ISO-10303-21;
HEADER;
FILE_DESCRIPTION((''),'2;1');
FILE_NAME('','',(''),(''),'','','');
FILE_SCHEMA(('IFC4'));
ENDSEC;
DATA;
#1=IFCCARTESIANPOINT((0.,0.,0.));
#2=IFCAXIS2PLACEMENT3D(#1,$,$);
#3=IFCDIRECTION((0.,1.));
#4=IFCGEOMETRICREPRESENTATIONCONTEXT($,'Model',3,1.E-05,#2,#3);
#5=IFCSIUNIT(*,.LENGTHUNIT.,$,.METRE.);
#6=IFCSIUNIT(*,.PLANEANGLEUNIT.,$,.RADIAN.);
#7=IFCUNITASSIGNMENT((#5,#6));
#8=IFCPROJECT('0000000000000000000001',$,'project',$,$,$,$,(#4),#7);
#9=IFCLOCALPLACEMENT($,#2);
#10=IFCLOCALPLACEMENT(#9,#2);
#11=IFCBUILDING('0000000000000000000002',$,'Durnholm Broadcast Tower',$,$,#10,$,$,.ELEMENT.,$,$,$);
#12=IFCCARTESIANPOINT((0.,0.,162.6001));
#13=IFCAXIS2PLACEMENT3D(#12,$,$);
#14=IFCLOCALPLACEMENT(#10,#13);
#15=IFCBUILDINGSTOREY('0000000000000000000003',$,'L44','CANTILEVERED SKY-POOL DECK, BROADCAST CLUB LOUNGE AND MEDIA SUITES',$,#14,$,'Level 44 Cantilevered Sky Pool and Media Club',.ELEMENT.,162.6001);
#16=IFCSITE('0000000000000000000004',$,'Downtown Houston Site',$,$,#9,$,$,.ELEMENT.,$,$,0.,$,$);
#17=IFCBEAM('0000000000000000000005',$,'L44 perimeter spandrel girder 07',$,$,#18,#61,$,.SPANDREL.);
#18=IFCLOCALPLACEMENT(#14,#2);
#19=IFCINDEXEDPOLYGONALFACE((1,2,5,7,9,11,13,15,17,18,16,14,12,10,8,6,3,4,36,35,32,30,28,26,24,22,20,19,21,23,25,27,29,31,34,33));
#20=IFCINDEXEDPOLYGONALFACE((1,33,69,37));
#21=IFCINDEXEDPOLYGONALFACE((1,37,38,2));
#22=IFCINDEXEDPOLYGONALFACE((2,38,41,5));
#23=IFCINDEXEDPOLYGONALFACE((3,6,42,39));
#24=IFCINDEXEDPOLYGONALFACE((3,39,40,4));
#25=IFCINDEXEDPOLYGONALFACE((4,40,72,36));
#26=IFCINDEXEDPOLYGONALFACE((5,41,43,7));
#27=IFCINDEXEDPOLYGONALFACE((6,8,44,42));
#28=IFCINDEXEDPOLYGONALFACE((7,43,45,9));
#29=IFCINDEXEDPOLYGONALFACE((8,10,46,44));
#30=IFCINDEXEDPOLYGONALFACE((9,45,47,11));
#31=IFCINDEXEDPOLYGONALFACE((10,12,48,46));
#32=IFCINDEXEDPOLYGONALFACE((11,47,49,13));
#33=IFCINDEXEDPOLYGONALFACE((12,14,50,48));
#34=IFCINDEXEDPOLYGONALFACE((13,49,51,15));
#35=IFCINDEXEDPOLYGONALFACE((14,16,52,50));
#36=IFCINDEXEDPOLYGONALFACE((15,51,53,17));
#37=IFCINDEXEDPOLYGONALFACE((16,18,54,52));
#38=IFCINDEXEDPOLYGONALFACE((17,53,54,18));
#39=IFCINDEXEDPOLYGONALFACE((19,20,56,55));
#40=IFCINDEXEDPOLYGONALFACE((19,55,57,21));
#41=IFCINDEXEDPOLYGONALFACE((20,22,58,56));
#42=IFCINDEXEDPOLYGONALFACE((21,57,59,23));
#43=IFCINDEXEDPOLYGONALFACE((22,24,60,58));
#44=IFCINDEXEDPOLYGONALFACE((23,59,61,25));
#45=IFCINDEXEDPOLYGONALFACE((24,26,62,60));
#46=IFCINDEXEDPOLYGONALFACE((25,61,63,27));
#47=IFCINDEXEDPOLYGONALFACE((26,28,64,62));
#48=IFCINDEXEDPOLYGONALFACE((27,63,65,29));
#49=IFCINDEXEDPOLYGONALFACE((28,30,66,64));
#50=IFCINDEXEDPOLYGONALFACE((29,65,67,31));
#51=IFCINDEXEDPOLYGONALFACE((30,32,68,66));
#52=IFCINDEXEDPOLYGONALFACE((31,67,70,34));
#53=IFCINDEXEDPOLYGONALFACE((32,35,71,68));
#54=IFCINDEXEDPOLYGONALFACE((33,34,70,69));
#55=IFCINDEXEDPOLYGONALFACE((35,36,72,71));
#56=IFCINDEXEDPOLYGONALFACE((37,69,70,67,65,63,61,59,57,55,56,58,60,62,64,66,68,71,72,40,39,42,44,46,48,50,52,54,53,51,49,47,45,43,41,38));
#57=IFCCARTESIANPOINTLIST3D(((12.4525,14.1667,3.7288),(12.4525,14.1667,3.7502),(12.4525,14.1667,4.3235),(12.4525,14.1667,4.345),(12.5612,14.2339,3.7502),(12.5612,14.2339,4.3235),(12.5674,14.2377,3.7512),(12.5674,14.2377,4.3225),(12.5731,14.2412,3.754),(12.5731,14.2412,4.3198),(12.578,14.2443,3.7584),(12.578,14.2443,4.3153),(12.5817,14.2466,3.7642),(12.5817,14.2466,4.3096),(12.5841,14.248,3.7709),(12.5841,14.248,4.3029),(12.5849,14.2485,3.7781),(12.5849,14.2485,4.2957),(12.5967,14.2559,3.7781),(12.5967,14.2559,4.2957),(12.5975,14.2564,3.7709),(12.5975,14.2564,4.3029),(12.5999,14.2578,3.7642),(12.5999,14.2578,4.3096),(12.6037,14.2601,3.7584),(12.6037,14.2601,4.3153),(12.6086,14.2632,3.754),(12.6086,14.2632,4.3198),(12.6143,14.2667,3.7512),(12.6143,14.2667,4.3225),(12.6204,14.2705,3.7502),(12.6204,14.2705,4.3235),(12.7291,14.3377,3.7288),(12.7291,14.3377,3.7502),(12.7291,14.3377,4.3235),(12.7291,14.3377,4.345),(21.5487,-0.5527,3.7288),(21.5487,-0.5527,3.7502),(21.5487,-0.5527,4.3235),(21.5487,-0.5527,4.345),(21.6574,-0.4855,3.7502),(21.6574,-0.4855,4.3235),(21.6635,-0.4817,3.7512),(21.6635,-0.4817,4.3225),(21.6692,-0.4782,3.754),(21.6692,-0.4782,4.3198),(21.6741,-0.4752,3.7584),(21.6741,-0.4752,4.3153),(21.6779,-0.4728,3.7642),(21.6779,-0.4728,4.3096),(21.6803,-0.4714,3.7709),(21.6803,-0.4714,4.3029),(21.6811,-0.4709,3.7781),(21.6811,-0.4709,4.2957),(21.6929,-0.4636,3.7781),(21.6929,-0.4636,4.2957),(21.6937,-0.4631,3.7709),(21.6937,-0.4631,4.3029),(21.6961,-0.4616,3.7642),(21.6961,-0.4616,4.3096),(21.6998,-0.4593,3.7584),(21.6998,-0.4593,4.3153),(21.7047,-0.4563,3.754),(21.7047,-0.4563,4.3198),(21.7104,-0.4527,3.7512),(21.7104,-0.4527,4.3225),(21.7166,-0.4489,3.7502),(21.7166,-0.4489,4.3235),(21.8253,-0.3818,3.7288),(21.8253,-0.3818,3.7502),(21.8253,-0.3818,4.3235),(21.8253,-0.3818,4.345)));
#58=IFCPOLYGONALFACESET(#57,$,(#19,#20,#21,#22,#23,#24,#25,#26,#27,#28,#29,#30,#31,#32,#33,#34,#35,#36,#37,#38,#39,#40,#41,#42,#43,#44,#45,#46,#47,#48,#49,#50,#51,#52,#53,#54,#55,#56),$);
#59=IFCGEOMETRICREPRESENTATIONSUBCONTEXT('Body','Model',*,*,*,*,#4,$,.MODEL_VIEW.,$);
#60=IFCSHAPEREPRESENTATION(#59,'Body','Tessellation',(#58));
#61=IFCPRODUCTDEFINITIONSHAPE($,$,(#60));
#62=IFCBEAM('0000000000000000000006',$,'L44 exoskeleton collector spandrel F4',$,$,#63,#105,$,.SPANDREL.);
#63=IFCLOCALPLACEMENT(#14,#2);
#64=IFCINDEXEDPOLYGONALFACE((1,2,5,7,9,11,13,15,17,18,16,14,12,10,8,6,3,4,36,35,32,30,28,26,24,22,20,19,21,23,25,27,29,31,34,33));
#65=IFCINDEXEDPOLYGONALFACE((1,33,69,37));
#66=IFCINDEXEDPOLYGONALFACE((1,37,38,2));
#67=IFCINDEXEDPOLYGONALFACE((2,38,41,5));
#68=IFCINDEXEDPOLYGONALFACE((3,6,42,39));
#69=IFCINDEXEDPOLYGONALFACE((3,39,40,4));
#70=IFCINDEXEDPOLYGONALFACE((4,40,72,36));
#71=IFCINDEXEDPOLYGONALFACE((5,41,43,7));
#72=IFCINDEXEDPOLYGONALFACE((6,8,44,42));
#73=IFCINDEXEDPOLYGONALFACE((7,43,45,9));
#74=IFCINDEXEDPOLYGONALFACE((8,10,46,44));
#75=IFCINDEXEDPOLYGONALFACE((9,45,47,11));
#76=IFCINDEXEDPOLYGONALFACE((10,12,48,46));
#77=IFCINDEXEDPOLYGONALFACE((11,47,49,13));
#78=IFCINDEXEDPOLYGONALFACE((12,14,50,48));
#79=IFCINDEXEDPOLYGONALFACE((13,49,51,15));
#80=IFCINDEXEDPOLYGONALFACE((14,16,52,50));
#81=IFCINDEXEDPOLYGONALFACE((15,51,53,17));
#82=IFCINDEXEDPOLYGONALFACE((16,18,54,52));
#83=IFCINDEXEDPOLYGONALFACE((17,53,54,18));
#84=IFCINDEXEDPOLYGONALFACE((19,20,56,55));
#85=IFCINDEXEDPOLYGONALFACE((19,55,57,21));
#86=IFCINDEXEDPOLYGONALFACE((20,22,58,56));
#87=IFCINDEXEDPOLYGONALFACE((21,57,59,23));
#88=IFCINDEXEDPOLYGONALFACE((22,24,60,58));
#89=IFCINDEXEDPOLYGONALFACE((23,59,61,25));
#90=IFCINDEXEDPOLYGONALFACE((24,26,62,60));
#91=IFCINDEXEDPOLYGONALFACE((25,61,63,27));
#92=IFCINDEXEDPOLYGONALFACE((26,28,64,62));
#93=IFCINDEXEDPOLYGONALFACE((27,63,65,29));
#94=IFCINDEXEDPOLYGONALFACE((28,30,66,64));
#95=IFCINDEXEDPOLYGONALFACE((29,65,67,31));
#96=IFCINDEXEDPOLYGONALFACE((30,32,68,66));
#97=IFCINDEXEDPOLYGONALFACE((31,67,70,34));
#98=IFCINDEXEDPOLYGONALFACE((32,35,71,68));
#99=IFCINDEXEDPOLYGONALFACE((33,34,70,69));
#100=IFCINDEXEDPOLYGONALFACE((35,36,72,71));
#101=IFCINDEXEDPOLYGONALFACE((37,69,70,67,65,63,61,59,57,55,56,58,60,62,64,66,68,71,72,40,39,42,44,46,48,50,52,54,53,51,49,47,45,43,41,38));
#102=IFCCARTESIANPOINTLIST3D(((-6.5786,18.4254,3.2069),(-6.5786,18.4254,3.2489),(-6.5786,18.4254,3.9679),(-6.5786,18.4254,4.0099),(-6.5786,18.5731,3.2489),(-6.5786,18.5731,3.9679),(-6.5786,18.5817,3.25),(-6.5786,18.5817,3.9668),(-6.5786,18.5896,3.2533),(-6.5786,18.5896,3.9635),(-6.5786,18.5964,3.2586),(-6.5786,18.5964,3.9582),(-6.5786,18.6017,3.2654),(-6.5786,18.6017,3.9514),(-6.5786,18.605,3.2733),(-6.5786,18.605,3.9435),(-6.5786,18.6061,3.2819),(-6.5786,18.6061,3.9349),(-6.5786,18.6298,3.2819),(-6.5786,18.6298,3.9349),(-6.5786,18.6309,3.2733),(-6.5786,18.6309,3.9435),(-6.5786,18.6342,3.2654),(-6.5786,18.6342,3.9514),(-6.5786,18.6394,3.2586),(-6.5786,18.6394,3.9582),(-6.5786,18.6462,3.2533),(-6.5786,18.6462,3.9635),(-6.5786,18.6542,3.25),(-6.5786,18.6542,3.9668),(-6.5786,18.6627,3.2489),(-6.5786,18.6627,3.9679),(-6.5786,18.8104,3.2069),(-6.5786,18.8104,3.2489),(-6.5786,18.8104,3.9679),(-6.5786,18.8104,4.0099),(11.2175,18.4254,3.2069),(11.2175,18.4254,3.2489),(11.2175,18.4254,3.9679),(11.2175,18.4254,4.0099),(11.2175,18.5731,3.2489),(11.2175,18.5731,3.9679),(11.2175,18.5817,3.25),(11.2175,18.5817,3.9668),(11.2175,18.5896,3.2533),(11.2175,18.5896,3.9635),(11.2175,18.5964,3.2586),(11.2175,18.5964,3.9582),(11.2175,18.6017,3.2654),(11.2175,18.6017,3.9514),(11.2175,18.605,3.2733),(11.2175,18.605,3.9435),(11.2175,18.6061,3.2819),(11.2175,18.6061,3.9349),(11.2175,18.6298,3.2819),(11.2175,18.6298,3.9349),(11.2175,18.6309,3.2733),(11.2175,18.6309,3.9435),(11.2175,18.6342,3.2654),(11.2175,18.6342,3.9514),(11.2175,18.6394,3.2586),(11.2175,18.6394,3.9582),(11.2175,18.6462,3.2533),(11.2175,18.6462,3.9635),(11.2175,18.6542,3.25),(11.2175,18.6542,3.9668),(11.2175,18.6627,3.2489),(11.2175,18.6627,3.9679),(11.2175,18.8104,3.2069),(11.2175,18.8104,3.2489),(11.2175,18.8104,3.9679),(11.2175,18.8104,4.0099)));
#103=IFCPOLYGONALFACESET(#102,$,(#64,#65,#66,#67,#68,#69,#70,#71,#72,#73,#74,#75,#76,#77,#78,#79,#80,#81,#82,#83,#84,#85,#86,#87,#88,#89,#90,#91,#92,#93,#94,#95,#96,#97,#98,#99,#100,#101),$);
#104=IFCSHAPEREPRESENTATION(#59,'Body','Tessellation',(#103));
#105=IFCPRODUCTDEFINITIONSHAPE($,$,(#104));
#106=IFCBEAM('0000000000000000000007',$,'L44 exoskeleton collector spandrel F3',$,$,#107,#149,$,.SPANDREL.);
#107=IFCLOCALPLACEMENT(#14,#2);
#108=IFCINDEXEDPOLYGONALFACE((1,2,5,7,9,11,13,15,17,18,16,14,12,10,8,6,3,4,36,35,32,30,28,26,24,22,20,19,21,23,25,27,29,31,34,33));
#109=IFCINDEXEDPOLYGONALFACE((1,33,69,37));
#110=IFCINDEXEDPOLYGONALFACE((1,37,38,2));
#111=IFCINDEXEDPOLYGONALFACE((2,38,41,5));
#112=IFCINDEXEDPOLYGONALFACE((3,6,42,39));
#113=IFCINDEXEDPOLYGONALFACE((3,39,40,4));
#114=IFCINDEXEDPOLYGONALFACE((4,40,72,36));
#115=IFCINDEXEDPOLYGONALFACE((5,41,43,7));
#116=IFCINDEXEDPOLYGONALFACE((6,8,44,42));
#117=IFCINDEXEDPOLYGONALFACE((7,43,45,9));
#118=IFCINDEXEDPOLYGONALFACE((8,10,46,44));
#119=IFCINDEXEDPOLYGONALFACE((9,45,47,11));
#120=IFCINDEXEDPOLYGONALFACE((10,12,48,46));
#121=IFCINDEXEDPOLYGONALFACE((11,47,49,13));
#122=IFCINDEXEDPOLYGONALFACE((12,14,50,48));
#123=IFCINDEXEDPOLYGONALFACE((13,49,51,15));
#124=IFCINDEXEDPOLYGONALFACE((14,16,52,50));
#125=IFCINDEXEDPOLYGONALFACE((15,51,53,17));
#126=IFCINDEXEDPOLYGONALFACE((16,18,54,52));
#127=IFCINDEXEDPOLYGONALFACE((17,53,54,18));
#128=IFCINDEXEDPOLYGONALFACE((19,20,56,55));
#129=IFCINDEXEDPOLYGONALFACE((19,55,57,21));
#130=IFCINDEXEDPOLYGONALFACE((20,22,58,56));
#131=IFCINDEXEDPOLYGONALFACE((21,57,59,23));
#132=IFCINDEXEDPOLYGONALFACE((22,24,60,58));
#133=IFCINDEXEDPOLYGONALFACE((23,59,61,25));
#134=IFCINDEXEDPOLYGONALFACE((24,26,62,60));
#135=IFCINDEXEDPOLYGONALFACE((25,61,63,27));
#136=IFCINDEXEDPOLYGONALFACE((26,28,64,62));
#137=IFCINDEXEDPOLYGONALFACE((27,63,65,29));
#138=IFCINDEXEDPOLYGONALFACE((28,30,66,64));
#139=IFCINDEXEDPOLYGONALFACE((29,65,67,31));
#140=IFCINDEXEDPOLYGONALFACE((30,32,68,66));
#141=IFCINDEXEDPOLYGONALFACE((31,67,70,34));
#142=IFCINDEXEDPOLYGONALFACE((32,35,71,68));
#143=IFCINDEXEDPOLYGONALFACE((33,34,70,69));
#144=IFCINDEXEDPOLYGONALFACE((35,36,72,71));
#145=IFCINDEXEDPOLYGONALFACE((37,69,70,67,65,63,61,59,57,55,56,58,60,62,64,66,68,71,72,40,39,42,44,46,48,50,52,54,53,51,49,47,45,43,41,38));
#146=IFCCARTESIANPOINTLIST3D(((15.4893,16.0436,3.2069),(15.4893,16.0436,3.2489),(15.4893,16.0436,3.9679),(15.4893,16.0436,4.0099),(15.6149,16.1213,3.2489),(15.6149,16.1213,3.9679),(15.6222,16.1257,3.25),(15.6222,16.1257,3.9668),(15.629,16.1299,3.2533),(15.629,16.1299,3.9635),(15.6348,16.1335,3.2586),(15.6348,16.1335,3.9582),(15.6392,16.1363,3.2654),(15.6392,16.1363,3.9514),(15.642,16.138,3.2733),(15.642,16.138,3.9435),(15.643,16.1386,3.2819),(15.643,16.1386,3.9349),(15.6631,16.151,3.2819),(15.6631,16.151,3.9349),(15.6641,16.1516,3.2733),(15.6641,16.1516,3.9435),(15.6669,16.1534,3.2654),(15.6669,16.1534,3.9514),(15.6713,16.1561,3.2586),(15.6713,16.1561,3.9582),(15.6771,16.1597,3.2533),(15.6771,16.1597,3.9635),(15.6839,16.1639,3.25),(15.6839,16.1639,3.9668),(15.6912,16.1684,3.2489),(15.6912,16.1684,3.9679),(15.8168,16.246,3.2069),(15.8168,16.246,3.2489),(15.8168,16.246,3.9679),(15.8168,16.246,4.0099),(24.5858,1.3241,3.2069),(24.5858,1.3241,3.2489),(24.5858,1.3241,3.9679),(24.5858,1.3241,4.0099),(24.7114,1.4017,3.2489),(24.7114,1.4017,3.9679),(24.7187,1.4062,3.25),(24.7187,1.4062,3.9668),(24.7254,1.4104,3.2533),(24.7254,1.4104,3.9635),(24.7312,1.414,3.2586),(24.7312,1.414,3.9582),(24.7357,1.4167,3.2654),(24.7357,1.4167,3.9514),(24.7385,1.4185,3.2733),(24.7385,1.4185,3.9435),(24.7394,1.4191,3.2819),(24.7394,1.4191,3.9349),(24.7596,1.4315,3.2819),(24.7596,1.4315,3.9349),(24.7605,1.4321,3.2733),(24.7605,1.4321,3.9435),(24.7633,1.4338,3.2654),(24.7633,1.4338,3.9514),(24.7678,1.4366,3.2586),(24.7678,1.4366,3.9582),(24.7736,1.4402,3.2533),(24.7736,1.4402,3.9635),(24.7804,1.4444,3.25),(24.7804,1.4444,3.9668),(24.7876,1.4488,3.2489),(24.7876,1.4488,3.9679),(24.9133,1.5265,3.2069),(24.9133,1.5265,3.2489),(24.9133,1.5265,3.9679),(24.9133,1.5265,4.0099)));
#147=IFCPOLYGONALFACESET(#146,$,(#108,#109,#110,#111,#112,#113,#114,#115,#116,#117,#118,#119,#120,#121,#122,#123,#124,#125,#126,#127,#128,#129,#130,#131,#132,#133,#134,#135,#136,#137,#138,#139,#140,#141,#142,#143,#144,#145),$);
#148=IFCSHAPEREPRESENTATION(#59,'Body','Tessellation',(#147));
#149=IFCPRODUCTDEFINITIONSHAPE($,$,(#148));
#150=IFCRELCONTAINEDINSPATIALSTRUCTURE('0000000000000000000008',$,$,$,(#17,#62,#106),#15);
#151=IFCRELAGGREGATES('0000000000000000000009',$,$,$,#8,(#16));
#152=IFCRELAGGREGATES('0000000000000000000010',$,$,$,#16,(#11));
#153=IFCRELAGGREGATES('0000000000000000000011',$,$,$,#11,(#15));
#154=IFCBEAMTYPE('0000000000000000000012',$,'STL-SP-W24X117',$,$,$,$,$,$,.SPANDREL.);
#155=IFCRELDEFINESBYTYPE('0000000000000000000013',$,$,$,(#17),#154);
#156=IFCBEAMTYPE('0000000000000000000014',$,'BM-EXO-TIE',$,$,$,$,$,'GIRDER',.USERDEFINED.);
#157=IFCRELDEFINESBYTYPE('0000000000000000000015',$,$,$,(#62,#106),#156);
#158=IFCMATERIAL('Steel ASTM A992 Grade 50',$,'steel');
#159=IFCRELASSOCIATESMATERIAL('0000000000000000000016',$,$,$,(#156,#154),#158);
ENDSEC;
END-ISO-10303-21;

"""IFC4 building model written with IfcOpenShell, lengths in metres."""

from ifc_helpers import new_model, si_unit, direction, frame, origin, origin_2d, place, context, subcontext, project, spatial, i_section, extrude, source, transform, mapped, material, material_profile, profile_set, type_object, element, save


model = new_model("IFC4")

# Units and contexts
model_context = context("Model", 3, precision=1e-05, world=origin(), true_north=direction((0.0, 1.0)))
body_context = subcontext(model_context, "Body", "Model", "MODEL_VIEW")
ifc_project = project(units=[si_unit("LENGTHUNIT", "METRE"), si_unit("PLANEANGLEUNIT", "RADIAN")], contexts=[model_context])

# Site, building, storey
site_placement = place(None, origin())
site = spatial("IfcSite", under=ifc_project, at=site_placement, Name="Downtown Houston Site", CompositionType="ELEMENT", RefElevation=0.0)
building_placement = place(site_placement, origin())
building = spatial("IfcBuilding", under=site, at=building_placement, Name="Durnholm Broadcast Tower", CompositionType="ELEMENT")
storey_placement = place(building_placement, frame((0.0, 0.0, 162.6001)))
storey = spatial("IfcBuildingStorey", under=building, at=storey_placement, Name="L44", Description="CANTILEVERED SKY-POOL DECK, BROADCAST CLUB LOUNGE AND MEDIA SUITES", LongName="Level 44 Cantilevered Sky Pool and Media Club", CompositionType="ELEMENT", Elevation=162.6001)

# Beams
ifc_material_1 = material(Name="Steel ASTM A992 Grade 50", Category="steel")
ifc_material_profile_1 = material_profile(ifc_material_1, i_section(OverallWidth=0.385, OverallDepth=0.803, WebThickness=0.0237, FlangeThickness=0.042, FilletRadius=0.033, at=origin_2d()), Name="W30X261")
ifc_profile_set_1 = profile_set([ifc_material_profile_1], Name="Steel ASTM A992 Grade 50")
beam_type_1 = type_object("IfcBeamType", Name="BM-EXO-TIE", ElementType="GIRDER", PredefinedType="USERDEFINED", material=ifc_profile_set_1)
ifc_material_profile_2 = material_profile(ifc_material_1, i_section(OverallWidth=0.3252, OverallDepth=0.6162, WebThickness=0.0139, FlangeThickness=0.0215, FilletRadius=0.0278, at=origin_2d()), Name="W24X117")
ifc_profile_set_2 = profile_set([ifc_material_profile_2], Name="Steel ASTM A992 Grade 50")
beam_type_2 = type_object("IfcBeamType", Name="STL-SP-W24X117", PredefinedType="SPANDREL", material=ifc_profile_set_2)
shared_shape_1 = source(origin(), body_context, "Body", "SweptSolid", [
    extrude(i_section(OverallWidth=0.3252, OverallDepth=0.6162, WebThickness=0.0139, FlangeThickness=0.0215, FilletRadius=0.0278, at=origin_2d()), origin(), (0.0, 0.0, 1.0), 17.3032),
])
beam_1_placement = place(storey_placement, frame((12.5908, 14.2522, 4.0369), z_axis=(0.525691, -0.850675, 0.0), x_axis=(0.850675, 0.525691, 0.0)))
element("IfcBeam", 1, at=beam_1_placement, inside=storey, type_object=beam_type_2, Name="L44 perimeter spandrel girder 07", PredefinedType="SPANDREL", context=body_context, shape_type="MappedRepresentation", body=[
    mapped(shared_shape_1, transform((0.0, 0.0, 0.0), x_axis=(1.0, 0.0, 0.0), y_axis=(0.0, 1.0, 0.0), z_axis=(0.0, 0.0, 1.0), scale=1.0)),
])
shared_shape_2 = source(origin(), body_context, "Body", "SweptSolid", [
    extrude(i_section(OverallWidth=0.385, OverallDepth=0.803, WebThickness=0.0237, FlangeThickness=0.042, FilletRadius=0.033, at=origin_2d()), origin(), (0.0, 0.0, 1.0), 17.7961),
])
beam_2_placement = place(storey_placement, frame((11.2175, 18.6179, 3.6084), z_axis=(-1.0, 0.0, 0.0), x_axis=(0.0, -1.0, 0.0)))
element("IfcBeam", 2, at=beam_2_placement, inside=storey, type_object=beam_type_1, Name="L44 exoskeleton collector spandrel F4", PredefinedType="SPANDREL", context=body_context, shape_type="MappedRepresentation", body=[
    mapped(shared_shape_2, transform((0.0, 0.0, 0.0), x_axis=(1.0, 0.0, 0.0), y_axis=(0.0, 1.0, 0.0), z_axis=(0.0, 0.0, 1.0), scale=1.0)),
])
shared_shape_3 = source(origin(), body_context, "Body", "SweptSolid", [
    extrude(i_section(OverallWidth=0.385, OverallDepth=0.803, WebThickness=0.0237, FlangeThickness=0.042, FilletRadius=0.033, at=origin_2d()), origin(), (0.0, 0.0, 1.0), 17.3035),
])
beam_3_placement = place(storey_placement, frame((24.7495, 1.4253, 3.6084), z_axis=(-0.525702, 0.850669, 0.0), x_axis=(-0.850669, -0.525702, 0.0)))
element("IfcBeam", 3, at=beam_3_placement, inside=storey, type_object=beam_type_1, Name="L44 exoskeleton collector spandrel F3", PredefinedType="SPANDREL", context=body_context, shape_type="MappedRepresentation", body=[
    mapped(shared_shape_3, transform((0.0, 0.0, 0.0), x_axis=(1.0, 0.0, 0.0), y_axis=(0.0, 1.0, 0.0), z_axis=(0.0, 0.0, 1.0), scale=1.0)),
])

save(model, "model.ifc")
